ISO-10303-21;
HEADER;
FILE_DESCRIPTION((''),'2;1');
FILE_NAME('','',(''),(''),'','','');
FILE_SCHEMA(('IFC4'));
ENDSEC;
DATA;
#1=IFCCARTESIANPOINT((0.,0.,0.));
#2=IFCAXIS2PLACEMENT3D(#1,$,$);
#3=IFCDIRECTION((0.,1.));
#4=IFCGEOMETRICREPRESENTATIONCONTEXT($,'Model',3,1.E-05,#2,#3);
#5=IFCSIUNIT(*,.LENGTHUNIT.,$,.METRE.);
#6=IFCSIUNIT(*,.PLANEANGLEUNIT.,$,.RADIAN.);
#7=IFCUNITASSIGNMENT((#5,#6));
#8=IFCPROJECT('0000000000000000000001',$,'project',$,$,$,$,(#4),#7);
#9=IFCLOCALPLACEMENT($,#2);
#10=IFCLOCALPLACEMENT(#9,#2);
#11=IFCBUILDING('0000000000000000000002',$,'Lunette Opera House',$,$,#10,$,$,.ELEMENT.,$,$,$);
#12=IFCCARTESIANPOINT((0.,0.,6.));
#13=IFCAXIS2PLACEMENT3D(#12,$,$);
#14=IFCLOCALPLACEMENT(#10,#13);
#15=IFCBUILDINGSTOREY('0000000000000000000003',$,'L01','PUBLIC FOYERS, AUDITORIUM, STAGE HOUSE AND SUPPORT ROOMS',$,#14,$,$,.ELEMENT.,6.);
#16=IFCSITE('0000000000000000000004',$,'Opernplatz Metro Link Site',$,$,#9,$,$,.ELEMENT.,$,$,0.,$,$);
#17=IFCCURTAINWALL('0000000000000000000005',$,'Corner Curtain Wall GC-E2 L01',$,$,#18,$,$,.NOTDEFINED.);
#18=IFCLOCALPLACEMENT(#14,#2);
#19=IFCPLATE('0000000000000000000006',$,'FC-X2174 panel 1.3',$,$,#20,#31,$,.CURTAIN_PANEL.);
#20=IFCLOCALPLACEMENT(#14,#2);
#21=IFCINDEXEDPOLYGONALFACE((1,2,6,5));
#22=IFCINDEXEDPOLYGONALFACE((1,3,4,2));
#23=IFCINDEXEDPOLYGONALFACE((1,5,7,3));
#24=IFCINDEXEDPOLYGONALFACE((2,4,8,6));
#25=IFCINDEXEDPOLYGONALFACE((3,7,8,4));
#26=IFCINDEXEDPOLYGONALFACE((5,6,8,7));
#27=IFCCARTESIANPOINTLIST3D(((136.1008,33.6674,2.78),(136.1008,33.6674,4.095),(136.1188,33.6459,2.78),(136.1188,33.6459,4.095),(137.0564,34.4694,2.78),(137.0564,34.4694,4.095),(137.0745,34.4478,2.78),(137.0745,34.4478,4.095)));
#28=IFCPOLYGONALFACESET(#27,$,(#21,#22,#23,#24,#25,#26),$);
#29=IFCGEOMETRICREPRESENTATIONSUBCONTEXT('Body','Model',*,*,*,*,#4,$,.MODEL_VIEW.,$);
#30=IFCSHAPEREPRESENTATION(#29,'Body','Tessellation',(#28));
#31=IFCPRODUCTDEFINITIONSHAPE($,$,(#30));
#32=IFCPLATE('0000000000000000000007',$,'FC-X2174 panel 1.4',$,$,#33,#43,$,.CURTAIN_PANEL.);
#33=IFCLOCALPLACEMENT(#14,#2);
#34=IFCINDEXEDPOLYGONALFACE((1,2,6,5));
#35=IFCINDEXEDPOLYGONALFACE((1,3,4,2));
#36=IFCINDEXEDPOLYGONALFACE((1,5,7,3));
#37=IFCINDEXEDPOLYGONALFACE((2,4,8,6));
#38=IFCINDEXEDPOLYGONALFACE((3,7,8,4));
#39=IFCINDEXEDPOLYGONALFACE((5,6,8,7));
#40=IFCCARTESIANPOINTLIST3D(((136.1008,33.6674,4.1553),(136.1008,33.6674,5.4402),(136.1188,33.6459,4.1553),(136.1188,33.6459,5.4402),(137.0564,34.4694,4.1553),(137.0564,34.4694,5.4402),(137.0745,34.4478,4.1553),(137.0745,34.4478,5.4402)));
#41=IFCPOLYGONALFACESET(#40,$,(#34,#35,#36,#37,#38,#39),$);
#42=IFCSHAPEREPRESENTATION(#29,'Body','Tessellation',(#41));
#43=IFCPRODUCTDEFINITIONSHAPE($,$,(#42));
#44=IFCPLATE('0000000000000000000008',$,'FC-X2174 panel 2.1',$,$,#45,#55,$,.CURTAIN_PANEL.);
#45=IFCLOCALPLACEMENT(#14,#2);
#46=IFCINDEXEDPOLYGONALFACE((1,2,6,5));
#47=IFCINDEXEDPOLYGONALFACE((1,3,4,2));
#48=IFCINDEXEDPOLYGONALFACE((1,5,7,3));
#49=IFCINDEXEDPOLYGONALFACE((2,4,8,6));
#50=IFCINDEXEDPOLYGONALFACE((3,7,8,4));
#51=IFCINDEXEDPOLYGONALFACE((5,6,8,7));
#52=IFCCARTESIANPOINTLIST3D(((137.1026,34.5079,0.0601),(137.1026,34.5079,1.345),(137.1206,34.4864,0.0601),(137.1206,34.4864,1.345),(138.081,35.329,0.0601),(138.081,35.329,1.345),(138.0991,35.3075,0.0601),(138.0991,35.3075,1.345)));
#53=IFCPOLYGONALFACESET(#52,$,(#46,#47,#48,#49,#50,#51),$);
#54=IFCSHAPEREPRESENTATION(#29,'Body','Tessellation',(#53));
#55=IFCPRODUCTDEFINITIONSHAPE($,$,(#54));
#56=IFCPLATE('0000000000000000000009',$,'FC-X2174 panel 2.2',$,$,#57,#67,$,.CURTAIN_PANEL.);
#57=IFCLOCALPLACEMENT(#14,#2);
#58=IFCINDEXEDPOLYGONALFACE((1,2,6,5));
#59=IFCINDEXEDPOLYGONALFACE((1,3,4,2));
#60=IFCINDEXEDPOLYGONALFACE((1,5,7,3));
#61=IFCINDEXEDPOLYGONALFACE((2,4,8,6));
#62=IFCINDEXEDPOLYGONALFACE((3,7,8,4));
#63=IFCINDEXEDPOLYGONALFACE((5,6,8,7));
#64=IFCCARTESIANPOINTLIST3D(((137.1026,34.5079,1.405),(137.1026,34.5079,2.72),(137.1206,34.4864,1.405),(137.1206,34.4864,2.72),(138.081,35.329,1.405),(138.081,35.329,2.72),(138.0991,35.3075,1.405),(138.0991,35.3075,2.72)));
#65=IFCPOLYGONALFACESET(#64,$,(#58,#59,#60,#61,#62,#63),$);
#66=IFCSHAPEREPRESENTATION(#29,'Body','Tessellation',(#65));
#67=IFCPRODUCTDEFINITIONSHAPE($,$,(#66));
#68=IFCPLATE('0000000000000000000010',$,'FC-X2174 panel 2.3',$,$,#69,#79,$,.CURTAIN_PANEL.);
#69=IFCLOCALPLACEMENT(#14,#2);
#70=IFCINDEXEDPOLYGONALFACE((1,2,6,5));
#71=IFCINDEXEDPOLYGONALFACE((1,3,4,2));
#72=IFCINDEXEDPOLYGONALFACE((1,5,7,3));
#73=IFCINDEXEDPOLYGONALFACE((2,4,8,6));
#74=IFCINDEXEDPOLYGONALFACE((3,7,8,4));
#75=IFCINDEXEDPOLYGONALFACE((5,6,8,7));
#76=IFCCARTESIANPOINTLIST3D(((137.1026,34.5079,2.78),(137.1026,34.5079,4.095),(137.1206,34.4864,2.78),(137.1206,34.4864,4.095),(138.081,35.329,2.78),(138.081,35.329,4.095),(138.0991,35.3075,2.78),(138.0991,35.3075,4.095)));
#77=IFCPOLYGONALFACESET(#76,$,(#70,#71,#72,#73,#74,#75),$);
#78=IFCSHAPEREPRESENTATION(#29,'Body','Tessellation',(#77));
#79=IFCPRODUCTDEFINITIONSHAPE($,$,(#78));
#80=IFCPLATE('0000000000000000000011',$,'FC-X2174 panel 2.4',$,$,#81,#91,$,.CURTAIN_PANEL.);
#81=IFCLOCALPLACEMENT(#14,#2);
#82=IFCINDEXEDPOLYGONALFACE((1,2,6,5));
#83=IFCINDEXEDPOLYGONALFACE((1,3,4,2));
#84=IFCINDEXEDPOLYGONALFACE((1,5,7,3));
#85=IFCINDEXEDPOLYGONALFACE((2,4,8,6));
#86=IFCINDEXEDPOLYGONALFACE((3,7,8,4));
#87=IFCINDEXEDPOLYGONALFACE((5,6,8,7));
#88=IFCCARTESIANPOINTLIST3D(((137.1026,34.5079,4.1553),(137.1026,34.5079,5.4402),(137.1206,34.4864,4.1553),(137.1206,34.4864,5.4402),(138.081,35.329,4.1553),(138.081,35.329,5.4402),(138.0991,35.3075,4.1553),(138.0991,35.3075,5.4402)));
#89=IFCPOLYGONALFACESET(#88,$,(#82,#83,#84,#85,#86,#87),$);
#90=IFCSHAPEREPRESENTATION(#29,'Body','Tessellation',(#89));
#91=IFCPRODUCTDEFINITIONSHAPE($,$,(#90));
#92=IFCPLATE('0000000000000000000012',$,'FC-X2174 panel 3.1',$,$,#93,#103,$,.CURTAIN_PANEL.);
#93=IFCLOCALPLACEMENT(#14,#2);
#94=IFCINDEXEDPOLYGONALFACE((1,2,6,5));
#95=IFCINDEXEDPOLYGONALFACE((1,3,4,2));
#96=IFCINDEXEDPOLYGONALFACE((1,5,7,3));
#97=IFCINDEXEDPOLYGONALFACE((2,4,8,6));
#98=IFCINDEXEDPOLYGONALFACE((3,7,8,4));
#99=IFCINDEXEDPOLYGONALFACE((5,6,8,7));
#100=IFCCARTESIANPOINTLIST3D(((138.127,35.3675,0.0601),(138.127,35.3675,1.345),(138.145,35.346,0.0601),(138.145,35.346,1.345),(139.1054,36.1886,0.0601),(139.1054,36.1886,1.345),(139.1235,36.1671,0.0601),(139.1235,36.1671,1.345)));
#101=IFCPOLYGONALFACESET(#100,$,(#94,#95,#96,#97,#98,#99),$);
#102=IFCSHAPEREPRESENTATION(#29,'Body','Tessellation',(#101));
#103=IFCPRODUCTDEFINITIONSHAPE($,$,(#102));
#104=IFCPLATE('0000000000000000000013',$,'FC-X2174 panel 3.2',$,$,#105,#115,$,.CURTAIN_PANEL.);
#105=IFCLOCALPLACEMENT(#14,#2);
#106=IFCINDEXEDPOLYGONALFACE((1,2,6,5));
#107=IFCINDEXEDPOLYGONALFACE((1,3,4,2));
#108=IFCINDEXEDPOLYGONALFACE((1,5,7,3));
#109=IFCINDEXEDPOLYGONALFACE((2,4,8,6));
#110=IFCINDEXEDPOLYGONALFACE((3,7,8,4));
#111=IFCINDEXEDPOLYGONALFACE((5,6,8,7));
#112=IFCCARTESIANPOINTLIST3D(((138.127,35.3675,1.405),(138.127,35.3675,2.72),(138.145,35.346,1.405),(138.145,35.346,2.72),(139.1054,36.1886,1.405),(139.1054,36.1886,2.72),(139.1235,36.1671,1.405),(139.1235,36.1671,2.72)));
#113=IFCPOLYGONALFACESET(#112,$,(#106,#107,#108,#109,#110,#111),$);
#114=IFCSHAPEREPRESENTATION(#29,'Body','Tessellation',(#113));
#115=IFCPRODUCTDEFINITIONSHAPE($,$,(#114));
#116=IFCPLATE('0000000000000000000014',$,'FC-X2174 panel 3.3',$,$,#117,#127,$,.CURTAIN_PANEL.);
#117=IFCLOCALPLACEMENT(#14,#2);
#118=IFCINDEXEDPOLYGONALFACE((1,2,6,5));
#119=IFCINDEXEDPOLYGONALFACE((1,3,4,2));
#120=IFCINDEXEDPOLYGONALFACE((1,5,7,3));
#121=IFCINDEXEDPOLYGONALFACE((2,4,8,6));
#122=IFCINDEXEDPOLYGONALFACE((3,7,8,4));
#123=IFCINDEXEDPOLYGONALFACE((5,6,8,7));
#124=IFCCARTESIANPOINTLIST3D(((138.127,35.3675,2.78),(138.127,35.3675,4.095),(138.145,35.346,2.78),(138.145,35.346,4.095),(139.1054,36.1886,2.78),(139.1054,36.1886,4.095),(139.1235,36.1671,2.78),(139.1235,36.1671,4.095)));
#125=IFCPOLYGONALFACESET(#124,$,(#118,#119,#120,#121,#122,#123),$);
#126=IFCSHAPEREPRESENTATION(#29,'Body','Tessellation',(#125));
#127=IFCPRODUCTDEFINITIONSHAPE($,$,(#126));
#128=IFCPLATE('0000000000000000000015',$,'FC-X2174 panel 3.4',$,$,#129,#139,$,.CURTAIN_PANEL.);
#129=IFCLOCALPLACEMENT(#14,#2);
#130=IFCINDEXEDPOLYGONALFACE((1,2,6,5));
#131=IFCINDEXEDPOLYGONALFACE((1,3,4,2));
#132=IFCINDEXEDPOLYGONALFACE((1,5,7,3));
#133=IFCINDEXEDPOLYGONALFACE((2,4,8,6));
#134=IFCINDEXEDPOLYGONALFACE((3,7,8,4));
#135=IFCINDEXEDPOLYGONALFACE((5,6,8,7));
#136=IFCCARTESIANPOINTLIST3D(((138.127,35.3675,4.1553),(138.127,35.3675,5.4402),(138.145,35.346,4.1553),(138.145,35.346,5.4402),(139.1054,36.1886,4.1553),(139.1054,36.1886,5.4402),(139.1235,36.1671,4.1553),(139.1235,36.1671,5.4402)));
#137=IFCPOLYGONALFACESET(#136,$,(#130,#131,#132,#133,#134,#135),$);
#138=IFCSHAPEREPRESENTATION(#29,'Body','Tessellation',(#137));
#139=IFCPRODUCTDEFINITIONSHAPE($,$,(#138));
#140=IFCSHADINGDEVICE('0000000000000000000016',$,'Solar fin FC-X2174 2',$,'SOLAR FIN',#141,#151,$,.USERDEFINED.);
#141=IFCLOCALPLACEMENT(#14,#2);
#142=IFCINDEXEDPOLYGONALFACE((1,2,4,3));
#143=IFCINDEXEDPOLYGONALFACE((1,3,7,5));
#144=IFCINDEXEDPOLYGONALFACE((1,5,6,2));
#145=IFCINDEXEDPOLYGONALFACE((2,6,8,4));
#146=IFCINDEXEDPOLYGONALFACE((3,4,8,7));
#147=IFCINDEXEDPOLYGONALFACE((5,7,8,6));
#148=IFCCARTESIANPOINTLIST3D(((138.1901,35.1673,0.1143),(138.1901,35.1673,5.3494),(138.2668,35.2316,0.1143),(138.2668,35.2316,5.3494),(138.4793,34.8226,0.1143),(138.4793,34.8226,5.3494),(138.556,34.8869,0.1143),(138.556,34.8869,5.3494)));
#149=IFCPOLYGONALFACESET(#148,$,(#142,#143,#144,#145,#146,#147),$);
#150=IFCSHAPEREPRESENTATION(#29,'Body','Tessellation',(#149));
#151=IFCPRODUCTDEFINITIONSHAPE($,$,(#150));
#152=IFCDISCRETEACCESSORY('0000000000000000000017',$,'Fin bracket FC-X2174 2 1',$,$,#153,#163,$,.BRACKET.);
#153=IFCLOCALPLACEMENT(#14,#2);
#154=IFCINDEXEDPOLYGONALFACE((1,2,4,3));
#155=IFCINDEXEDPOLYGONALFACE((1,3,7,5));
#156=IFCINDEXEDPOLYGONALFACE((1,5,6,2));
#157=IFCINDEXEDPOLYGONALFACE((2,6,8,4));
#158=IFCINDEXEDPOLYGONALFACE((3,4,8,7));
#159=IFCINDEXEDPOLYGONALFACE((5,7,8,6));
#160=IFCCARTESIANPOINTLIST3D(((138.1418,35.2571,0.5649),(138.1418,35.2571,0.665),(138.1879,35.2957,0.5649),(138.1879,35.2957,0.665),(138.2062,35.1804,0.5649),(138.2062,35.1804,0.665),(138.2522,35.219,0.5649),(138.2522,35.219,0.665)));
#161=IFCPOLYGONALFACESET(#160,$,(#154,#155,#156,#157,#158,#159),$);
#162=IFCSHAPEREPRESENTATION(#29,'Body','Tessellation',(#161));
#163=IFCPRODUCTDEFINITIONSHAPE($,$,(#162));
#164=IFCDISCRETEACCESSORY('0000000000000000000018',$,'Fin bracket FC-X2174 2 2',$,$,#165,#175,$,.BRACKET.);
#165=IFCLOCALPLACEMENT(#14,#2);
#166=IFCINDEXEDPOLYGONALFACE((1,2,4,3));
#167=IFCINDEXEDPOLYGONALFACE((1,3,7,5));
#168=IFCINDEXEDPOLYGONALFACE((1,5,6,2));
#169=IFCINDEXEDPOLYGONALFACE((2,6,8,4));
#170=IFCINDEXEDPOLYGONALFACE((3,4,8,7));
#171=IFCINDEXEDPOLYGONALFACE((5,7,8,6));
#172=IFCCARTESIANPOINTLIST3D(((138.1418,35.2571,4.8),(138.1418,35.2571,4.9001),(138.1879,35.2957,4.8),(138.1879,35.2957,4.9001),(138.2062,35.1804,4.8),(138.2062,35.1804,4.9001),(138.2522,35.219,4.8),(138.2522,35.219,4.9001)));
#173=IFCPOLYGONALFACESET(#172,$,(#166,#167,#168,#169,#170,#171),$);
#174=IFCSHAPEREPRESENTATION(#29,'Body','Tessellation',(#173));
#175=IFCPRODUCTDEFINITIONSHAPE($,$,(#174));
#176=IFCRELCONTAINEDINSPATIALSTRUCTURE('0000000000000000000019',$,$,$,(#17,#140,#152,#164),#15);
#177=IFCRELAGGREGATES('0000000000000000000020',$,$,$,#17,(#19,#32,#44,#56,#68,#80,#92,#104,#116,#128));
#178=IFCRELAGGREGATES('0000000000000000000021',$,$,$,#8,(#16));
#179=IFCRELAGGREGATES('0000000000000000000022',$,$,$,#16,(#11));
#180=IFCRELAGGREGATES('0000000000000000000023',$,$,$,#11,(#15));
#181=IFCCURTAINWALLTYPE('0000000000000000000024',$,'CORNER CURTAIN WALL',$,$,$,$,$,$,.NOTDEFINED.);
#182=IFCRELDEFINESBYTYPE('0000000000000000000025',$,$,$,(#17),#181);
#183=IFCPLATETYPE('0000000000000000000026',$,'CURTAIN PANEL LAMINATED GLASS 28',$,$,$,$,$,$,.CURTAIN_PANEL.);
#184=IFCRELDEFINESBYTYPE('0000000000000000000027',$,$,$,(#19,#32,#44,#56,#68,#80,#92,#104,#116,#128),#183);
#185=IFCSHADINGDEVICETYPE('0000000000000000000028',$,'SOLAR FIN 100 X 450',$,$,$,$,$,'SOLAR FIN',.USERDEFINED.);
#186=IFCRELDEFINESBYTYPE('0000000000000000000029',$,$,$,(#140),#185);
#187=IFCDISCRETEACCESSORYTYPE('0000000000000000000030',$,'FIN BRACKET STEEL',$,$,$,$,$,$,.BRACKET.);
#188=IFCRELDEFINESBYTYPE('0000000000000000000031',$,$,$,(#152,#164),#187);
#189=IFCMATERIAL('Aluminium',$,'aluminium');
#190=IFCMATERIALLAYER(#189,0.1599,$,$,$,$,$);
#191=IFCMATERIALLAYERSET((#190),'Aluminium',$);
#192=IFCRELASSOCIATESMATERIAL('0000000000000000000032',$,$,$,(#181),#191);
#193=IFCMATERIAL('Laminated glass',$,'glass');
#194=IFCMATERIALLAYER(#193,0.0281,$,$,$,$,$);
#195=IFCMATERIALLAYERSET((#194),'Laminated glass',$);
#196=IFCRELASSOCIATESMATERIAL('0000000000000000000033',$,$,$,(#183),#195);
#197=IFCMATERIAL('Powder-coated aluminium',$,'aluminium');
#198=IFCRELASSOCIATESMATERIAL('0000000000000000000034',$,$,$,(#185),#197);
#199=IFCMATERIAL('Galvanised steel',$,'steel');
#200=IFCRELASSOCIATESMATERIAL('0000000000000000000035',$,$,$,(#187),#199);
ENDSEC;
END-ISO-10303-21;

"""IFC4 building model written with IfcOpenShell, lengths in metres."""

from ifc_helpers import new_model, si_unit, direction, frame, origin, origin_2d, place, context, subcontext, project, spatial, rectangle, extrude, material, layer, layer_set, type_object, element, aggregate, save


model = new_model("IFC4")

# Units and contexts
model_context = context("Model", 3, precision=1e-05, world=origin(), true_north=direction((0.0, 1.0)))
body_context = subcontext(model_context, "Body", "Model", "MODEL_VIEW")
ifc_project = project(units=[si_unit("LENGTHUNIT", "METRE"), si_unit("PLANEANGLEUNIT", "RADIAN")], contexts=[model_context])

# Site, building, storey
site_placement = place(None, origin())
site = spatial("IfcSite", under=ifc_project, at=site_placement, Name="Opernplatz Metro Link Site", CompositionType="ELEMENT", RefElevation=0.0)
building_placement = place(site_placement, origin())
building = spatial("IfcBuilding", under=site, at=building_placement, Name="Lunette Opera House", CompositionType="ELEMENT")
storey_placement = place(building_placement, frame((0.0, 0.0, 6.0)))
storey = spatial("IfcBuildingStorey", under=building, at=storey_placement, Name="L01", Description="PUBLIC FOYERS, AUDITORIUM, STAGE HOUSE AND SUPPORT ROOMS", CompositionType="ELEMENT", Elevation=6.0)

# Curtain wall, plates
ifc_material_1 = material(Name="Aluminium", Category="aluminium")
ifc_layer_1 = layer(ifc_material_1, 0.1599)
ifc_layer_set_1 = layer_set([ifc_layer_1], Name="Aluminium")
curtain_wall_type = type_object("IfcCurtainWallType", Name="CORNER CURTAIN WALL", PredefinedType="NOTDEFINED", material=ifc_layer_set_1)
curtain_wall_placement = place(storey_placement, origin())
curtain_wall = element("IfcCurtainWall", 1, at=curtain_wall_placement, inside=storey, type_object=curtain_wall_type, Name="Corner Curtain Wall GC-E2 L01", PredefinedType="NOTDEFINED")
ifc_material_2 = material(Name="Laminated glass", Category="glass")
ifc_layer_2 = layer(ifc_material_2, 0.0281)
ifc_layer_set_2 = layer_set([ifc_layer_2], Name="Laminated glass")
plate_type = type_object("IfcPlateType", Name="CURTAIN PANEL LAMINATED GLASS 28", PredefinedType="CURTAIN_PANEL", material=ifc_layer_set_2)
plate_1_placement = place(storey_placement, frame((136.5876, 34.0576, 2.78), z_axis=(0.0, 0.0, 1.0), x_axis=(0.76601, 0.642828, 0.0)))
plate_1 = element("IfcPlate", 2, at=plate_1_placement, type_object=plate_type, Name="FC-X2174 panel 1.3", PredefinedType="CURTAIN_PANEL", context=body_context, shape_type="SweptSolid", body=[
    extrude(rectangle(XDim=1.2476, YDim=0.0281, at=origin_2d()), origin(), (0.0, 0.0, 1.0), 1.3149),
])
plate_2_placement = place(storey_placement, frame((136.5876, 34.0576, 4.1553), z_axis=(0.0, 0.0, 1.0), x_axis=(0.76601, 0.642828, 0.0)))
plate_2 = element("IfcPlate", 3, at=plate_2_placement, type_object=plate_type, Name="FC-X2174 panel 1.4", PredefinedType="CURTAIN_PANEL", context=body_context, shape_type="SweptSolid", body=[
    extrude(rectangle(XDim=1.2476, YDim=0.0281, at=origin_2d()), origin(), (0.0, 0.0, 1.0), 1.2849),
])
plate_3_placement = place(storey_placement, frame((137.6008, 34.9077, 0.0601), z_axis=(0.0, 0.0, 1.0), x_axis=(0.76601, 0.642828, 0.0)))
plate_3 = element("IfcPlate", 4, at=plate_3_placement, type_object=plate_type, Name="FC-X2174 panel 2.1", PredefinedType="CURTAIN_PANEL", context=body_context, shape_type="SweptSolid", body=[
    extrude(rectangle(XDim=1.2773, YDim=0.0281, at=origin_2d()), origin(), (0.0, 0.0, 1.0), 1.2849),
])
plate_4_placement = place(storey_placement, frame((137.6008, 34.9077, 1.405), z_axis=(0.0, 0.0, 1.0), x_axis=(0.76601, 0.642828, 0.0)))
plate_4 = element("IfcPlate", 5, at=plate_4_placement, type_object=plate_type, Name="FC-X2174 panel 2.2", PredefinedType="CURTAIN_PANEL", context=body_context, shape_type="SweptSolid", body=[
    extrude(rectangle(XDim=1.2773, YDim=0.0281, at=origin_2d()), origin(), (0.0, 0.0, 1.0), 1.3149),
])
plate_5_placement = place(storey_placement, frame((137.6008, 34.9077, 2.78), z_axis=(0.0, 0.0, 1.0), x_axis=(0.76601, 0.642828, 0.0)))
plate_5 = element("IfcPlate", 6, at=plate_5_placement, type_object=plate_type, Name="FC-X2174 panel 2.3", PredefinedType="CURTAIN_PANEL", context=body_context, shape_type="SweptSolid", body=[
    extrude(rectangle(XDim=1.2773, YDim=0.0281, at=origin_2d()), origin(), (0.0, 0.0, 1.0), 1.3149),
])
plate_6_placement = place(storey_placement, frame((137.6008, 34.9077, 4.1553), z_axis=(0.0, 0.0, 1.0), x_axis=(0.76601, 0.642828, 0.0)))
plate_6 = element("IfcPlate", 7, at=plate_6_placement, type_object=plate_type, Name="FC-X2174 panel 2.4", PredefinedType="CURTAIN_PANEL", context=body_context, shape_type="SweptSolid", body=[
    extrude(rectangle(XDim=1.2773, YDim=0.0281, at=origin_2d()), origin(), (0.0, 0.0, 1.0), 1.2849),
])
plate_7_placement = place(storey_placement, frame((138.6252, 35.7673, 0.0601), z_axis=(0.0, 0.0, 1.0), x_axis=(0.76601, 0.642828, 0.0)))
plate_7 = element("IfcPlate", 8, at=plate_7_placement, type_object=plate_type, Name="FC-X2174 panel 3.1", PredefinedType="CURTAIN_PANEL", context=body_context, shape_type="SweptSolid", body=[
    extrude(rectangle(XDim=1.2773, YDim=0.0281, at=origin_2d()), origin(), (0.0, 0.0, 1.0), 1.2849),
])
plate_8_placement = place(storey_placement, frame((138.6252, 35.7673, 1.405), z_axis=(0.0, 0.0, 1.0), x_axis=(0.76601, 0.642828, 0.0)))
plate_8 = element("IfcPlate", 9, at=plate_8_placement, type_object=plate_type, Name="FC-X2174 panel 3.2", PredefinedType="CURTAIN_PANEL", context=body_context, shape_type="SweptSolid", body=[
    extrude(rectangle(XDim=1.2773, YDim=0.0281, at=origin_2d()), origin(), (0.0, 0.0, 1.0), 1.3149),
])
plate_9_placement = place(storey_placement, frame((138.6252, 35.7673, 2.78), z_axis=(0.0, 0.0, 1.0), x_axis=(0.76601, 0.642828, 0.0)))
plate_9 = element("IfcPlate", 10, at=plate_9_placement, type_object=plate_type, Name="FC-X2174 panel 3.3", PredefinedType="CURTAIN_PANEL", context=body_context, shape_type="SweptSolid", body=[
    extrude(rectangle(XDim=1.2773, YDim=0.0281, at=origin_2d()), origin(), (0.0, 0.0, 1.0), 1.3149),
])
plate_10_placement = place(storey_placement, frame((138.6252, 35.7673, 4.1553), z_axis=(0.0, 0.0, 1.0), x_axis=(0.76601, 0.642828, 0.0)))
plate_10 = element("IfcPlate", 11, at=plate_10_placement, type_object=plate_type, Name="FC-X2174 panel 3.4", PredefinedType="CURTAIN_PANEL", context=body_context, shape_type="SweptSolid", body=[
    extrude(rectangle(XDim=1.2773, YDim=0.0281, at=origin_2d()), origin(), (0.0, 0.0, 1.0), 1.2849),
])
aggregate(curtain_wall, [plate_1, plate_2, plate_3, plate_4, plate_5, plate_6, plate_7, plate_8, plate_9, plate_10])

# Shading device
ifc_material_3 = material(Name="Powder-coated aluminium", Category="aluminium")
shading_device_type = type_object("IfcShadingDeviceType", Name="SOLAR FIN 100 X 450", ElementType="SOLAR FIN", PredefinedType="USERDEFINED", material=ifc_material_3)
shading_device_placement = place(storey_placement, frame((138.373, 35.0271, 0.1143), z_axis=(0.0, 0.0, 1.0), x_axis=(0.642828, -0.766011, 0.0)))
element("IfcShadingDevice", 12, at=shading_device_placement, inside=storey, type_object=shading_device_type, Name="Solar fin FC-X2174 2", ObjectType="SOLAR FIN", PredefinedType="USERDEFINED", context=body_context, shape_type="SweptSolid", body=[
    extrude(rectangle(XDim=0.45, YDim=0.1001, at=origin_2d()), origin(), (0.0, 0.0, 1.0), 5.2351),
])

# Discrete accessories
ifc_material_4 = material(Name="Galvanised steel", Category="steel")
discrete_accessory_type = type_object("IfcDiscreteAccessoryType", Name="FIN BRACKET STEEL", PredefinedType="BRACKET", material=ifc_material_4)
for number, where, z_axis, x_axis, name in (
    (13, (138.197, 35.238, 0.5649), (0.0, 0.0, 1.0), (0.642828, -0.766011, 0.0), "Fin bracket FC-X2174 2 1"),
    (14, (138.197, 35.238, 4.8), (0.0, 0.0, 1.0), (0.642828, -0.766011, 0.0), "Fin bracket FC-X2174 2 2"),
):
    element("IfcDiscreteAccessory", number, at=place(storey_placement, frame(where, z_axis=z_axis, x_axis=x_axis)), inside=storey, type_object=discrete_accessory_type, Name=name, PredefinedType="BRACKET", context=body_context, shape_type="SweptSolid", body=[
        extrude(rectangle(XDim=0.1001, YDim=0.0601, at=origin_2d()), origin(), (0.0, 0.0, 1.0), 0.1001),
    ])

save(model, "model.ifc")
